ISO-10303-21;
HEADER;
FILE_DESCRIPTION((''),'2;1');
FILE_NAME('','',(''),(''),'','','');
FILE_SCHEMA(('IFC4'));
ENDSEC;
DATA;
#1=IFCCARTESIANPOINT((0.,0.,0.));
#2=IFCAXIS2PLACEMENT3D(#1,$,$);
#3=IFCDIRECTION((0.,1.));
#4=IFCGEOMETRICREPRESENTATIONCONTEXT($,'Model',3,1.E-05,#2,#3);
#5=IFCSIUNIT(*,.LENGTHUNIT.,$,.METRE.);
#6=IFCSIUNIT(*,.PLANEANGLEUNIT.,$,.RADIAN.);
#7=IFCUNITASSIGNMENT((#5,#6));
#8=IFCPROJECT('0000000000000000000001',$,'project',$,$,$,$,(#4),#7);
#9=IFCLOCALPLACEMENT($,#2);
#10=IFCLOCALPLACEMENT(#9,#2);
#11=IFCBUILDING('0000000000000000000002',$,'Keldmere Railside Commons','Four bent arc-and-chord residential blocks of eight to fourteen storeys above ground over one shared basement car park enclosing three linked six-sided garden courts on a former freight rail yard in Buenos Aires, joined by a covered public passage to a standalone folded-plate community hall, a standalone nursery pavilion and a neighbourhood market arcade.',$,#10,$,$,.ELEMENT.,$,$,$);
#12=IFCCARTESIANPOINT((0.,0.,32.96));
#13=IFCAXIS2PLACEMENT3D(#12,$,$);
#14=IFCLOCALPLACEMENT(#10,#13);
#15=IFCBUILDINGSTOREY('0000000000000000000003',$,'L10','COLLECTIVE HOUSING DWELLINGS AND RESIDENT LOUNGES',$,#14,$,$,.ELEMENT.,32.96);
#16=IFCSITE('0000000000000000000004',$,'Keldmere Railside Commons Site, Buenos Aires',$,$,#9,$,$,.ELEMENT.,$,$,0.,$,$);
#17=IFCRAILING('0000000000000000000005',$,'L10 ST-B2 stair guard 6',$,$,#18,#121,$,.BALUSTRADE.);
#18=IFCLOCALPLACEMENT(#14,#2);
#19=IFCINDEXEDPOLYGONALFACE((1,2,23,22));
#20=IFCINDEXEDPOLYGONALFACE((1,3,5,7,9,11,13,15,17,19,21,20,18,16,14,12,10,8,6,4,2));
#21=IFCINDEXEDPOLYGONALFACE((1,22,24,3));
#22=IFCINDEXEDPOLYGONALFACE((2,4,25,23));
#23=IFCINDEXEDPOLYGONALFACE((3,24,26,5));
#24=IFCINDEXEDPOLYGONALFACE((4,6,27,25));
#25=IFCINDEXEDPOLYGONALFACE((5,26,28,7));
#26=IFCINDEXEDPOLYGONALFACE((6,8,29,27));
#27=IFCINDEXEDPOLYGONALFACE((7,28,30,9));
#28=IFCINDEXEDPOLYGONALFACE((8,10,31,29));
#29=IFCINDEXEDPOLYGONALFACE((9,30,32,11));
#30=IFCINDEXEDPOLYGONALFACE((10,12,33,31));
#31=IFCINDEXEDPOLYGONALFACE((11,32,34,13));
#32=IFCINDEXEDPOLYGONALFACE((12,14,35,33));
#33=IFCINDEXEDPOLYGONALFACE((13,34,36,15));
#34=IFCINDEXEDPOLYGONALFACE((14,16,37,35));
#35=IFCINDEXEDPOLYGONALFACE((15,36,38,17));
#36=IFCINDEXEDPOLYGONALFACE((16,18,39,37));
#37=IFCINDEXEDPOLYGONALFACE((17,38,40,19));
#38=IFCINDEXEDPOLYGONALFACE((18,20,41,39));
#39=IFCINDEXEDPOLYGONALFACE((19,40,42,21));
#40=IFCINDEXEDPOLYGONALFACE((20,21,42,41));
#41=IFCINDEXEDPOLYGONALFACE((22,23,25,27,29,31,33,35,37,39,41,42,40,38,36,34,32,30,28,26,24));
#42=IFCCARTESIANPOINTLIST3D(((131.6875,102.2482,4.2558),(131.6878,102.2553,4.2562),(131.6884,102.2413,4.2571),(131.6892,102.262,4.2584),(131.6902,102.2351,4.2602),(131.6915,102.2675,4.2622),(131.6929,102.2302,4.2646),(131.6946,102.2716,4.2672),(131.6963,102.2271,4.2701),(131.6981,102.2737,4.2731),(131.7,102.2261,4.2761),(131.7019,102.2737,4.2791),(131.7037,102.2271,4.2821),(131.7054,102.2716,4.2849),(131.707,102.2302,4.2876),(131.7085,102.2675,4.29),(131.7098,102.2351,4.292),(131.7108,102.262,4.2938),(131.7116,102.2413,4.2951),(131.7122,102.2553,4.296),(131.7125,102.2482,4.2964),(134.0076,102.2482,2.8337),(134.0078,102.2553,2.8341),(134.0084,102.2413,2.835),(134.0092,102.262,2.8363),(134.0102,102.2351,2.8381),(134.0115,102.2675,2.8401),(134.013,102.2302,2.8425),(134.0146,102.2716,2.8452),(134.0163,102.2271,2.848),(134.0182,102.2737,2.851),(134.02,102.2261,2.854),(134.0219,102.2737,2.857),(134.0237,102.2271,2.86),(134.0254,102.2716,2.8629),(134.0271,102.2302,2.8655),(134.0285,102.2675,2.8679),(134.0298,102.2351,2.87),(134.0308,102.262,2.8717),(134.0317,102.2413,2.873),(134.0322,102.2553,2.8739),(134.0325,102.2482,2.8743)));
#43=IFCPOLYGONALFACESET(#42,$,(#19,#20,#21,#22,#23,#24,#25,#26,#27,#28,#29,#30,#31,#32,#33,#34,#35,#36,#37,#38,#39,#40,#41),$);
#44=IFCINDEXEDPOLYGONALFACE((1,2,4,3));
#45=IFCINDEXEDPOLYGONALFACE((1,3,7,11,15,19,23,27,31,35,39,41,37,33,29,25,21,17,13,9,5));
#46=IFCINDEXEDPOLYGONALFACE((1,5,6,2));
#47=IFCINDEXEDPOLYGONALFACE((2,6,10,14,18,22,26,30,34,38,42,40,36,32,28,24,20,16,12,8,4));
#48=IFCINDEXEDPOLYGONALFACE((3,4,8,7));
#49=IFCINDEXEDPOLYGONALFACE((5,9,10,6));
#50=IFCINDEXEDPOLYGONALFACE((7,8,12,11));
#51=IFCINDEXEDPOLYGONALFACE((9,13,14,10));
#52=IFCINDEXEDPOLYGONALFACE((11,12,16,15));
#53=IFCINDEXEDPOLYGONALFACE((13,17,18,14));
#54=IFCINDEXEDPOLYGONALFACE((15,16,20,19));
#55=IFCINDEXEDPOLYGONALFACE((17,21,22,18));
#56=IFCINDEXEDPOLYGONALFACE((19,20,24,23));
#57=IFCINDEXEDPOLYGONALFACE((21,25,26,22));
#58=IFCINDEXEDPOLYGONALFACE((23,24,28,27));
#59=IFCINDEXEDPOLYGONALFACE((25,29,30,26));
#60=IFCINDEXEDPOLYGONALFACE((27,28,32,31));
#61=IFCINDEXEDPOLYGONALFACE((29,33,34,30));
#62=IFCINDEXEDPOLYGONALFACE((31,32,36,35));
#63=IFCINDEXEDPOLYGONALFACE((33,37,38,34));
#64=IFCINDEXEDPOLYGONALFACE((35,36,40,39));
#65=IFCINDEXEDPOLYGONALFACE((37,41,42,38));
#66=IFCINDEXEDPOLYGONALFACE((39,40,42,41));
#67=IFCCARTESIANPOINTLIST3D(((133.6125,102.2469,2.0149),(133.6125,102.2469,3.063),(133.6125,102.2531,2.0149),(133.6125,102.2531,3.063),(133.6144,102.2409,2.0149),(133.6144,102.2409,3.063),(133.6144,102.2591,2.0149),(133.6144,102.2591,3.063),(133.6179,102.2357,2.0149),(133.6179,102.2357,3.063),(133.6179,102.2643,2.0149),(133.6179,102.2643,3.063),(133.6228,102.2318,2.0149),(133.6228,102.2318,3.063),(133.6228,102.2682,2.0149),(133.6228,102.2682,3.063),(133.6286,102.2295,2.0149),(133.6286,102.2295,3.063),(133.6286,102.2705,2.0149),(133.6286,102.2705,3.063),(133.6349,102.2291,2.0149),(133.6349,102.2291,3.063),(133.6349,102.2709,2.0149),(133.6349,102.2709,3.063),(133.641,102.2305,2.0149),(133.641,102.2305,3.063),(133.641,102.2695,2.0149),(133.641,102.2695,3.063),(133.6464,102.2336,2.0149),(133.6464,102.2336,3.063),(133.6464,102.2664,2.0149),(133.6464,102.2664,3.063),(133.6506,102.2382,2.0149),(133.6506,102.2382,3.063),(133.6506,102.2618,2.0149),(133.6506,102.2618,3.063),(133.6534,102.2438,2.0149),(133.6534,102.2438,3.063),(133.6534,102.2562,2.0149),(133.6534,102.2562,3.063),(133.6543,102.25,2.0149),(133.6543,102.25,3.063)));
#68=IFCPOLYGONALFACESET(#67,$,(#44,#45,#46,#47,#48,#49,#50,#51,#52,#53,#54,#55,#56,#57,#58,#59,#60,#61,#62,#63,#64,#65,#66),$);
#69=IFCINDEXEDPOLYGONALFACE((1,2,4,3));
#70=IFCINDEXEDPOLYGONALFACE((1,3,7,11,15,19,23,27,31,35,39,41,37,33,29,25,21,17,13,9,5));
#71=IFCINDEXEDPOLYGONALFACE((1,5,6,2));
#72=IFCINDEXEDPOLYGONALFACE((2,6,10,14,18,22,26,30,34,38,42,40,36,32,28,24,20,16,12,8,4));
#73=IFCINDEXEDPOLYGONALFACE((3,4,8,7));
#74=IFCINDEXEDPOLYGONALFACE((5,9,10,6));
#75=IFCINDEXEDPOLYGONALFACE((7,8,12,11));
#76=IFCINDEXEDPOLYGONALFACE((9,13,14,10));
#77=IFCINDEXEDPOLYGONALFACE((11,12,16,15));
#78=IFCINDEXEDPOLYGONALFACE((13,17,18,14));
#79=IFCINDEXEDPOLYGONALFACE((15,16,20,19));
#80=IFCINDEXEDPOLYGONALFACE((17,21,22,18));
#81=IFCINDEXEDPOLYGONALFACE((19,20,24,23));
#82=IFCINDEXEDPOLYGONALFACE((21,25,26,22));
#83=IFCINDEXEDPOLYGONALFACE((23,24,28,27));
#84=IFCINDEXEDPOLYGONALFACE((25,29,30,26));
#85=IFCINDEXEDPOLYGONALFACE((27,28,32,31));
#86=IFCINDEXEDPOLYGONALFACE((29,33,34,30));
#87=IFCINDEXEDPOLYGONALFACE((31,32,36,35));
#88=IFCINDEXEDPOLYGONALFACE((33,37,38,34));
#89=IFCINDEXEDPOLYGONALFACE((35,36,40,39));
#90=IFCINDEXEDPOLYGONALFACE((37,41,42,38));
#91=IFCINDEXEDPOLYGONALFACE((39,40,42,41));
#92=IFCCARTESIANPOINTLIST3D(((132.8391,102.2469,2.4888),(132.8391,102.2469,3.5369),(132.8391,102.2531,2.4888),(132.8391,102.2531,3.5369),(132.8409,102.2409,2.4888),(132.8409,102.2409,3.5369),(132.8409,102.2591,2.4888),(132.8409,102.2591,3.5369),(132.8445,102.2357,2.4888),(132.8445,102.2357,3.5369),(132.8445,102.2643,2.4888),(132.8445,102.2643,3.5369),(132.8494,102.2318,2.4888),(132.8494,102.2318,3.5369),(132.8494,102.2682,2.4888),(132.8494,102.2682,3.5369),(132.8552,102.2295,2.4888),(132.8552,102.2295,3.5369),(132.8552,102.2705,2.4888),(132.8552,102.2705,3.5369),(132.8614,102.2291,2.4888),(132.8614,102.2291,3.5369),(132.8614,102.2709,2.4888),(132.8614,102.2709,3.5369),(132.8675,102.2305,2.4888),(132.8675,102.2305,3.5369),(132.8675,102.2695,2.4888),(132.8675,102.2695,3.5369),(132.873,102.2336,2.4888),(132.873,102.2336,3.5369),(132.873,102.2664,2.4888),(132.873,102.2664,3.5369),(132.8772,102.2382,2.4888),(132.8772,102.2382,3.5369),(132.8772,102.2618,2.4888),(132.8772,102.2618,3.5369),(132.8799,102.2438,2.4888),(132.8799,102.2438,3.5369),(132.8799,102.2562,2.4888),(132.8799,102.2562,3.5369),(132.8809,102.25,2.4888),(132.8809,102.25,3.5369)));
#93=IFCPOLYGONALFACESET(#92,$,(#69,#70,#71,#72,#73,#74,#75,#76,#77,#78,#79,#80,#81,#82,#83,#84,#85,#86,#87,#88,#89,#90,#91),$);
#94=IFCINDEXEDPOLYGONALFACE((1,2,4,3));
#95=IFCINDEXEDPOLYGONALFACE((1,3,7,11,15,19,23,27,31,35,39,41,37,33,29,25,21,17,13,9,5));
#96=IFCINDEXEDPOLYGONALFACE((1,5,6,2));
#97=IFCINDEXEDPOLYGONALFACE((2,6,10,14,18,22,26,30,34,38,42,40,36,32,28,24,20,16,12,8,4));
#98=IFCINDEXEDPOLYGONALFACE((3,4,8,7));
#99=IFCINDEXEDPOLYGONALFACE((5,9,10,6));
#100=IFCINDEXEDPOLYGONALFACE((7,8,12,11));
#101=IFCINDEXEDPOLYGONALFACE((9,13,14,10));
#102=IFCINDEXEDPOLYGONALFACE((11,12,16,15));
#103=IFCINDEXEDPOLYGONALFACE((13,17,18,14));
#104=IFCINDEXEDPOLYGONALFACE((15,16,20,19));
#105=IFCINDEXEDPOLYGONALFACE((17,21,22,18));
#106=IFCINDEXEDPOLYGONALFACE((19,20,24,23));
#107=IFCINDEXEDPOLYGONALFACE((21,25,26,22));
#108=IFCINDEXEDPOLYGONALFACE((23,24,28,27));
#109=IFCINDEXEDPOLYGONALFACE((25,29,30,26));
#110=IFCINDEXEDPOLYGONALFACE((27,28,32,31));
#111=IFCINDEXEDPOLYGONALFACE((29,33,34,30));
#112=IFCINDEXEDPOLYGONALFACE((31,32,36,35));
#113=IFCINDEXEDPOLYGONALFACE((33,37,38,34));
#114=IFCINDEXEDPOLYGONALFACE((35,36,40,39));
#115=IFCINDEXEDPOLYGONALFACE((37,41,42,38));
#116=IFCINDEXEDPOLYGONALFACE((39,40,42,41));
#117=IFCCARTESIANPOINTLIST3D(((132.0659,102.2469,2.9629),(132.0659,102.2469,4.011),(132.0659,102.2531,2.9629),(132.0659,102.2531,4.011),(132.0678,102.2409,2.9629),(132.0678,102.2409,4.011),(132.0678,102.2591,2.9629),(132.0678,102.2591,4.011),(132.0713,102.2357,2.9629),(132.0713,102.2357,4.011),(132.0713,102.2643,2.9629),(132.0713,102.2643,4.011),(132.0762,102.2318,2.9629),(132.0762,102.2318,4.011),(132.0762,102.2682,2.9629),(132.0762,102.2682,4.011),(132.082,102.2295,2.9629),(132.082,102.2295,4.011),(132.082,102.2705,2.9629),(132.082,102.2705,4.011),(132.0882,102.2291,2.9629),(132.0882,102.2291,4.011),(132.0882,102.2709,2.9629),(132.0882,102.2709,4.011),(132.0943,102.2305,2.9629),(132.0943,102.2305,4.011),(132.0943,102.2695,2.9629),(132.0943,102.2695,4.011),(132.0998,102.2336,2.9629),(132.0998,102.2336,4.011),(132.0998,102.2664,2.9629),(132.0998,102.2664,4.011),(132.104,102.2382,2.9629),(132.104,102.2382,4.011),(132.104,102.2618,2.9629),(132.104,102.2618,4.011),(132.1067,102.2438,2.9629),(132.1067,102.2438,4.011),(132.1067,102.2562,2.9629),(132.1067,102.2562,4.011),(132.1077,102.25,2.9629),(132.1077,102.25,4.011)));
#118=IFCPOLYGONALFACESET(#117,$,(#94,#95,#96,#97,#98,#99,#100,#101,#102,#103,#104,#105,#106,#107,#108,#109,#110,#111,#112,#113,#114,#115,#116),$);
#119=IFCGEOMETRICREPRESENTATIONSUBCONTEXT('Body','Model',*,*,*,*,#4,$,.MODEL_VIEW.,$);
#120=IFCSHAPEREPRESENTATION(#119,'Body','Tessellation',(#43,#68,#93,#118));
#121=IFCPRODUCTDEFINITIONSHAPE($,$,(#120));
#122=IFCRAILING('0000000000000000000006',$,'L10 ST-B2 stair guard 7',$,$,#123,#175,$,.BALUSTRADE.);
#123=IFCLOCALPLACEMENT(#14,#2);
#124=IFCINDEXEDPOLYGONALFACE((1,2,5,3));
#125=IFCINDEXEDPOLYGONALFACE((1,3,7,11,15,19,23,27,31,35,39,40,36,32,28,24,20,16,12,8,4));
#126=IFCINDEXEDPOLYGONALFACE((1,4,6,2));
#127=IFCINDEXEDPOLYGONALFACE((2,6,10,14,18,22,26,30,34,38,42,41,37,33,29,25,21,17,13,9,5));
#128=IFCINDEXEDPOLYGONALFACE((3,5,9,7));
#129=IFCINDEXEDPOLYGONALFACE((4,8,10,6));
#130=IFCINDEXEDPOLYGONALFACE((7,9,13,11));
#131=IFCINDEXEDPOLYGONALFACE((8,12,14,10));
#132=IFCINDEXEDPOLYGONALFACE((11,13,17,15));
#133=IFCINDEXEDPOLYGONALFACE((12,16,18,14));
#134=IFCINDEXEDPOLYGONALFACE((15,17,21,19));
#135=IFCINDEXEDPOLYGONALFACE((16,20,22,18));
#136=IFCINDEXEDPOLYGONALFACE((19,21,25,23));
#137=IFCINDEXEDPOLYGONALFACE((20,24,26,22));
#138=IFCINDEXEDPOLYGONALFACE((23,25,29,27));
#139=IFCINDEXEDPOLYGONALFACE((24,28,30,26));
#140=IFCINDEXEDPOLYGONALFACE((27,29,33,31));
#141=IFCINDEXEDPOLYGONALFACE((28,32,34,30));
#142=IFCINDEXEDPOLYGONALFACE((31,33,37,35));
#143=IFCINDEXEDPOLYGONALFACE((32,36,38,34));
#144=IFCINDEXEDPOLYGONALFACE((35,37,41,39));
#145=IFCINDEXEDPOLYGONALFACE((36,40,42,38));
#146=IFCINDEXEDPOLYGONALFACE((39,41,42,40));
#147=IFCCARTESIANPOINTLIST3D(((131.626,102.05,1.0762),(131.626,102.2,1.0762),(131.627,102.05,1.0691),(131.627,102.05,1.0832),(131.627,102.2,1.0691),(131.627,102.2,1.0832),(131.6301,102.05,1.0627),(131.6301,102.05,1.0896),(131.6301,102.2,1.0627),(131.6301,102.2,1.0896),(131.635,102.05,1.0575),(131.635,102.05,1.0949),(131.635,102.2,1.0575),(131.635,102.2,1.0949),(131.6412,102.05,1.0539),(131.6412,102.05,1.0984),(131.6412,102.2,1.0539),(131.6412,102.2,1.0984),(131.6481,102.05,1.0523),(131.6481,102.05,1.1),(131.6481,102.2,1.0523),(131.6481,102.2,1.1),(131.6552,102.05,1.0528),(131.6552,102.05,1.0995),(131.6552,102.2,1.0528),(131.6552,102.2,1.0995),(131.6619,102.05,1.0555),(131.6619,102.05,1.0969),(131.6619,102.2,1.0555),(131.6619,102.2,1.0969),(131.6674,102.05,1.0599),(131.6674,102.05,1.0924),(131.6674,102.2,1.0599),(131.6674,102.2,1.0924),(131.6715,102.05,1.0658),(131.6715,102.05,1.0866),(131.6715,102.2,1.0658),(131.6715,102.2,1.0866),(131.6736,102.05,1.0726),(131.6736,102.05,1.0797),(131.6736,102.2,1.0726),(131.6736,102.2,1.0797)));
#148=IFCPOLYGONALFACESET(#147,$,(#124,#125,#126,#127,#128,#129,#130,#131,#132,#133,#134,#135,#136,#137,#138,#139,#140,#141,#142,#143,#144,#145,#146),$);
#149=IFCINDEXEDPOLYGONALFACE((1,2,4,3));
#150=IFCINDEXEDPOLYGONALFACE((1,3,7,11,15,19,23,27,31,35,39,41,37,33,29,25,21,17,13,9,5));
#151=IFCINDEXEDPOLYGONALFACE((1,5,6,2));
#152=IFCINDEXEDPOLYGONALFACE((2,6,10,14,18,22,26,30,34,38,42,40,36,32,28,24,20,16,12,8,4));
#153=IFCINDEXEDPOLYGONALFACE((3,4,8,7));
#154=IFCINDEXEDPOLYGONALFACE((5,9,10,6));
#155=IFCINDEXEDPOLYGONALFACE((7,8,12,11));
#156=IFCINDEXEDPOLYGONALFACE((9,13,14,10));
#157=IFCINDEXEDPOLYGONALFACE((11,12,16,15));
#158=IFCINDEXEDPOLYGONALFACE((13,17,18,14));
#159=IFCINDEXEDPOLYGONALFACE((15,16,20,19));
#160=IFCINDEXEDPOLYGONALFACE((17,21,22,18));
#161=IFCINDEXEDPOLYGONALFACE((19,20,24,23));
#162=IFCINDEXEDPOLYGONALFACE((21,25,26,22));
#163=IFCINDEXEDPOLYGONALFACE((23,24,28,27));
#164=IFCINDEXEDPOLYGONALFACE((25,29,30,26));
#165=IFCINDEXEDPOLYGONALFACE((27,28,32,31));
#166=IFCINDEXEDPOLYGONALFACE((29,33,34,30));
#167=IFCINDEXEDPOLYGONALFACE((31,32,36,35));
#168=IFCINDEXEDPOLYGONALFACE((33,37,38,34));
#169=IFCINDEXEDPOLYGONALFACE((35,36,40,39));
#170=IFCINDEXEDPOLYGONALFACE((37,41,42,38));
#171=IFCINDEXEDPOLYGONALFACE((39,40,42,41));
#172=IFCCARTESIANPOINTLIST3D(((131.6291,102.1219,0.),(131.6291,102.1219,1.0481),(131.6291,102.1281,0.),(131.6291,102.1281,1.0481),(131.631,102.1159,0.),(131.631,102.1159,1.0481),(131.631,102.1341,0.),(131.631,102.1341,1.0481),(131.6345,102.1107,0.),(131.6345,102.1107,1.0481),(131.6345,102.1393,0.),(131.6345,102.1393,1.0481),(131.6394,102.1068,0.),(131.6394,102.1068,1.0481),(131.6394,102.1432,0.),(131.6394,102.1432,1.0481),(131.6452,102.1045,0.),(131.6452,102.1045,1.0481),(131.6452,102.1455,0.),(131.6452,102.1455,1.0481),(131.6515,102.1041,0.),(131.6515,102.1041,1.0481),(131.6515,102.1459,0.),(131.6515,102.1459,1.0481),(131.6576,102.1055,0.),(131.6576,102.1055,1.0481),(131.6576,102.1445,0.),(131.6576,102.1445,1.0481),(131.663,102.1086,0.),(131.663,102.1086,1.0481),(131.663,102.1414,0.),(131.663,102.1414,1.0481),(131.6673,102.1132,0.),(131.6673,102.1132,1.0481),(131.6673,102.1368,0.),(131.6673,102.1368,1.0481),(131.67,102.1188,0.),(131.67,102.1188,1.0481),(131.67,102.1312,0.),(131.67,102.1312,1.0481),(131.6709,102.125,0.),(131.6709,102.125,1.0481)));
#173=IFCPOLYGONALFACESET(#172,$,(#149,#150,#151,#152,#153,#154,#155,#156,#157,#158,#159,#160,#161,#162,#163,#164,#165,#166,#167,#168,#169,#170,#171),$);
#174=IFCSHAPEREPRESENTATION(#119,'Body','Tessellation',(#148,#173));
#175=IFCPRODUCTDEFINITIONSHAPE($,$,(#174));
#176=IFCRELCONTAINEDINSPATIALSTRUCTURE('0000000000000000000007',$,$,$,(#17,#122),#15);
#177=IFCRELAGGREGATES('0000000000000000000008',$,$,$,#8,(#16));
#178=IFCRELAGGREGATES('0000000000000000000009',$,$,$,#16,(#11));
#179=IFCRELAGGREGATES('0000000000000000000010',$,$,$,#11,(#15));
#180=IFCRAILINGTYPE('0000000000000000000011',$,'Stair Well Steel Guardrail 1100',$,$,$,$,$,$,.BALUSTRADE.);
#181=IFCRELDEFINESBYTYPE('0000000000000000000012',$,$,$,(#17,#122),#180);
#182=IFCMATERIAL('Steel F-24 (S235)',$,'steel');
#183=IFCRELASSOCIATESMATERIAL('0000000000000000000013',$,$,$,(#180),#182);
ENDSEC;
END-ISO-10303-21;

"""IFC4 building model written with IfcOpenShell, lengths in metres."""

from ifc_helpers import new_model, si_unit, direction, frame, origin, origin_2d, place, context, subcontext, project, spatial, circle, extrude, material, type_object, element, save


model = new_model("IFC4")

# Units and contexts
model_context = context("Model", 3, precision=1e-05, world=origin(), true_north=direction((0.0, 1.0)))
body_context = subcontext(model_context, "Body", "Model", "MODEL_VIEW")
ifc_project = project(units=[si_unit("LENGTHUNIT", "METRE"), si_unit("PLANEANGLEUNIT", "RADIAN")], contexts=[model_context])

# Site, building, storey
site_placement = place(None, origin())
site = spatial("IfcSite", under=ifc_project, at=site_placement, Name="Keldmere Railside Commons Site, Buenos Aires", CompositionType="ELEMENT", RefElevation=0.0)
building_placement = place(site_placement, origin())
building = spatial("IfcBuilding", under=site, at=building_placement, Name="Keldmere Railside Commons", Description="Four bent arc-and-chord residential blocks of eight to fourteen storeys above ground over one shared basement car park enclosing three linked six-sided garden courts on a former freight rail yard in Buenos Aires, joined by a covered public passage to a standalone folded-plate community hall, a standalone nursery pavilion and a neighbourhood market arcade.", CompositionType="ELEMENT")
storey_placement = place(building_placement, frame((0.0, 0.0, 32.96)))
storey = spatial("IfcBuildingStorey", under=building, at=storey_placement, Name="L10", Description="COLLECTIVE HOUSING DWELLINGS AND RESIDENT LOUNGES", CompositionType="ELEMENT", Elevation=32.96)

# Railings
ifc_material_1 = material(Name="Steel F-24 (S235)", Category="steel")
railing_type_1 = type_object("IfcRailingType", Name="Stair Well Steel Guardrail 1100", PredefinedType="BALUSTRADE", material=ifc_material_1)
railing_1_placement = place(storey_placement, frame((134.02, 102.25, 1.7778)))
element("IfcRailing", 1, at=railing_1_placement, inside=storey, type_object=railing_type_1, Name="L10 ST-B2 stair guard 6", PredefinedType="BALUSTRADE", context=body_context, shape_type="SweptSolid", body=[
    extrude(circle(Radius=0.0239, at=origin_2d()), frame((0.0, 0.0, 1.0762), z_axis=(-0.852578, 0.0, 0.5226), x_axis=(0.0, -1.0, 0.0)), (0.0, 0.0, 1.0), 2.7212),
    extrude(circle(Radius=0.021, at=origin_2d()), frame((-0.3867, 0.0, 0.2371)), (0.0, 0.0, 1.0), 1.0481),
    extrude(circle(Radius=0.021, at=origin_2d()), frame((-1.1602, 0.0, 0.7109)), (0.0, 0.0, 1.0), 1.0481),
    extrude(circle(Radius=0.021, at=origin_2d()), frame((-1.9333, 0.0, 1.1851)), (0.0, 0.0, 1.0), 1.0481),
])
railing_2_placement = place(storey_placement, frame((131.6499, 102.05, 0.0)))
element("IfcRailing", 2, at=railing_2_placement, inside=storey, type_object=railing_type_1, Name="L10 ST-B2 stair guard 7", PredefinedType="BALUSTRADE", context=body_context, shape_type="SweptSolid", body=[
    extrude(circle(Radius=0.0239, at=origin_2d()), frame((0.0, 0.0, 1.0762), z_axis=(0.0, 1.0, 0.0), x_axis=(-1.0, 0.0, 0.0)), (0.0, 0.0, 1.0), 0.1499),
    extrude(circle(Radius=0.021, at=origin_2d()), frame((0.0, 0.075, 0.0)), (0.0, 0.0, 1.0), 1.0481),
])

save(model, "model.ifc")
